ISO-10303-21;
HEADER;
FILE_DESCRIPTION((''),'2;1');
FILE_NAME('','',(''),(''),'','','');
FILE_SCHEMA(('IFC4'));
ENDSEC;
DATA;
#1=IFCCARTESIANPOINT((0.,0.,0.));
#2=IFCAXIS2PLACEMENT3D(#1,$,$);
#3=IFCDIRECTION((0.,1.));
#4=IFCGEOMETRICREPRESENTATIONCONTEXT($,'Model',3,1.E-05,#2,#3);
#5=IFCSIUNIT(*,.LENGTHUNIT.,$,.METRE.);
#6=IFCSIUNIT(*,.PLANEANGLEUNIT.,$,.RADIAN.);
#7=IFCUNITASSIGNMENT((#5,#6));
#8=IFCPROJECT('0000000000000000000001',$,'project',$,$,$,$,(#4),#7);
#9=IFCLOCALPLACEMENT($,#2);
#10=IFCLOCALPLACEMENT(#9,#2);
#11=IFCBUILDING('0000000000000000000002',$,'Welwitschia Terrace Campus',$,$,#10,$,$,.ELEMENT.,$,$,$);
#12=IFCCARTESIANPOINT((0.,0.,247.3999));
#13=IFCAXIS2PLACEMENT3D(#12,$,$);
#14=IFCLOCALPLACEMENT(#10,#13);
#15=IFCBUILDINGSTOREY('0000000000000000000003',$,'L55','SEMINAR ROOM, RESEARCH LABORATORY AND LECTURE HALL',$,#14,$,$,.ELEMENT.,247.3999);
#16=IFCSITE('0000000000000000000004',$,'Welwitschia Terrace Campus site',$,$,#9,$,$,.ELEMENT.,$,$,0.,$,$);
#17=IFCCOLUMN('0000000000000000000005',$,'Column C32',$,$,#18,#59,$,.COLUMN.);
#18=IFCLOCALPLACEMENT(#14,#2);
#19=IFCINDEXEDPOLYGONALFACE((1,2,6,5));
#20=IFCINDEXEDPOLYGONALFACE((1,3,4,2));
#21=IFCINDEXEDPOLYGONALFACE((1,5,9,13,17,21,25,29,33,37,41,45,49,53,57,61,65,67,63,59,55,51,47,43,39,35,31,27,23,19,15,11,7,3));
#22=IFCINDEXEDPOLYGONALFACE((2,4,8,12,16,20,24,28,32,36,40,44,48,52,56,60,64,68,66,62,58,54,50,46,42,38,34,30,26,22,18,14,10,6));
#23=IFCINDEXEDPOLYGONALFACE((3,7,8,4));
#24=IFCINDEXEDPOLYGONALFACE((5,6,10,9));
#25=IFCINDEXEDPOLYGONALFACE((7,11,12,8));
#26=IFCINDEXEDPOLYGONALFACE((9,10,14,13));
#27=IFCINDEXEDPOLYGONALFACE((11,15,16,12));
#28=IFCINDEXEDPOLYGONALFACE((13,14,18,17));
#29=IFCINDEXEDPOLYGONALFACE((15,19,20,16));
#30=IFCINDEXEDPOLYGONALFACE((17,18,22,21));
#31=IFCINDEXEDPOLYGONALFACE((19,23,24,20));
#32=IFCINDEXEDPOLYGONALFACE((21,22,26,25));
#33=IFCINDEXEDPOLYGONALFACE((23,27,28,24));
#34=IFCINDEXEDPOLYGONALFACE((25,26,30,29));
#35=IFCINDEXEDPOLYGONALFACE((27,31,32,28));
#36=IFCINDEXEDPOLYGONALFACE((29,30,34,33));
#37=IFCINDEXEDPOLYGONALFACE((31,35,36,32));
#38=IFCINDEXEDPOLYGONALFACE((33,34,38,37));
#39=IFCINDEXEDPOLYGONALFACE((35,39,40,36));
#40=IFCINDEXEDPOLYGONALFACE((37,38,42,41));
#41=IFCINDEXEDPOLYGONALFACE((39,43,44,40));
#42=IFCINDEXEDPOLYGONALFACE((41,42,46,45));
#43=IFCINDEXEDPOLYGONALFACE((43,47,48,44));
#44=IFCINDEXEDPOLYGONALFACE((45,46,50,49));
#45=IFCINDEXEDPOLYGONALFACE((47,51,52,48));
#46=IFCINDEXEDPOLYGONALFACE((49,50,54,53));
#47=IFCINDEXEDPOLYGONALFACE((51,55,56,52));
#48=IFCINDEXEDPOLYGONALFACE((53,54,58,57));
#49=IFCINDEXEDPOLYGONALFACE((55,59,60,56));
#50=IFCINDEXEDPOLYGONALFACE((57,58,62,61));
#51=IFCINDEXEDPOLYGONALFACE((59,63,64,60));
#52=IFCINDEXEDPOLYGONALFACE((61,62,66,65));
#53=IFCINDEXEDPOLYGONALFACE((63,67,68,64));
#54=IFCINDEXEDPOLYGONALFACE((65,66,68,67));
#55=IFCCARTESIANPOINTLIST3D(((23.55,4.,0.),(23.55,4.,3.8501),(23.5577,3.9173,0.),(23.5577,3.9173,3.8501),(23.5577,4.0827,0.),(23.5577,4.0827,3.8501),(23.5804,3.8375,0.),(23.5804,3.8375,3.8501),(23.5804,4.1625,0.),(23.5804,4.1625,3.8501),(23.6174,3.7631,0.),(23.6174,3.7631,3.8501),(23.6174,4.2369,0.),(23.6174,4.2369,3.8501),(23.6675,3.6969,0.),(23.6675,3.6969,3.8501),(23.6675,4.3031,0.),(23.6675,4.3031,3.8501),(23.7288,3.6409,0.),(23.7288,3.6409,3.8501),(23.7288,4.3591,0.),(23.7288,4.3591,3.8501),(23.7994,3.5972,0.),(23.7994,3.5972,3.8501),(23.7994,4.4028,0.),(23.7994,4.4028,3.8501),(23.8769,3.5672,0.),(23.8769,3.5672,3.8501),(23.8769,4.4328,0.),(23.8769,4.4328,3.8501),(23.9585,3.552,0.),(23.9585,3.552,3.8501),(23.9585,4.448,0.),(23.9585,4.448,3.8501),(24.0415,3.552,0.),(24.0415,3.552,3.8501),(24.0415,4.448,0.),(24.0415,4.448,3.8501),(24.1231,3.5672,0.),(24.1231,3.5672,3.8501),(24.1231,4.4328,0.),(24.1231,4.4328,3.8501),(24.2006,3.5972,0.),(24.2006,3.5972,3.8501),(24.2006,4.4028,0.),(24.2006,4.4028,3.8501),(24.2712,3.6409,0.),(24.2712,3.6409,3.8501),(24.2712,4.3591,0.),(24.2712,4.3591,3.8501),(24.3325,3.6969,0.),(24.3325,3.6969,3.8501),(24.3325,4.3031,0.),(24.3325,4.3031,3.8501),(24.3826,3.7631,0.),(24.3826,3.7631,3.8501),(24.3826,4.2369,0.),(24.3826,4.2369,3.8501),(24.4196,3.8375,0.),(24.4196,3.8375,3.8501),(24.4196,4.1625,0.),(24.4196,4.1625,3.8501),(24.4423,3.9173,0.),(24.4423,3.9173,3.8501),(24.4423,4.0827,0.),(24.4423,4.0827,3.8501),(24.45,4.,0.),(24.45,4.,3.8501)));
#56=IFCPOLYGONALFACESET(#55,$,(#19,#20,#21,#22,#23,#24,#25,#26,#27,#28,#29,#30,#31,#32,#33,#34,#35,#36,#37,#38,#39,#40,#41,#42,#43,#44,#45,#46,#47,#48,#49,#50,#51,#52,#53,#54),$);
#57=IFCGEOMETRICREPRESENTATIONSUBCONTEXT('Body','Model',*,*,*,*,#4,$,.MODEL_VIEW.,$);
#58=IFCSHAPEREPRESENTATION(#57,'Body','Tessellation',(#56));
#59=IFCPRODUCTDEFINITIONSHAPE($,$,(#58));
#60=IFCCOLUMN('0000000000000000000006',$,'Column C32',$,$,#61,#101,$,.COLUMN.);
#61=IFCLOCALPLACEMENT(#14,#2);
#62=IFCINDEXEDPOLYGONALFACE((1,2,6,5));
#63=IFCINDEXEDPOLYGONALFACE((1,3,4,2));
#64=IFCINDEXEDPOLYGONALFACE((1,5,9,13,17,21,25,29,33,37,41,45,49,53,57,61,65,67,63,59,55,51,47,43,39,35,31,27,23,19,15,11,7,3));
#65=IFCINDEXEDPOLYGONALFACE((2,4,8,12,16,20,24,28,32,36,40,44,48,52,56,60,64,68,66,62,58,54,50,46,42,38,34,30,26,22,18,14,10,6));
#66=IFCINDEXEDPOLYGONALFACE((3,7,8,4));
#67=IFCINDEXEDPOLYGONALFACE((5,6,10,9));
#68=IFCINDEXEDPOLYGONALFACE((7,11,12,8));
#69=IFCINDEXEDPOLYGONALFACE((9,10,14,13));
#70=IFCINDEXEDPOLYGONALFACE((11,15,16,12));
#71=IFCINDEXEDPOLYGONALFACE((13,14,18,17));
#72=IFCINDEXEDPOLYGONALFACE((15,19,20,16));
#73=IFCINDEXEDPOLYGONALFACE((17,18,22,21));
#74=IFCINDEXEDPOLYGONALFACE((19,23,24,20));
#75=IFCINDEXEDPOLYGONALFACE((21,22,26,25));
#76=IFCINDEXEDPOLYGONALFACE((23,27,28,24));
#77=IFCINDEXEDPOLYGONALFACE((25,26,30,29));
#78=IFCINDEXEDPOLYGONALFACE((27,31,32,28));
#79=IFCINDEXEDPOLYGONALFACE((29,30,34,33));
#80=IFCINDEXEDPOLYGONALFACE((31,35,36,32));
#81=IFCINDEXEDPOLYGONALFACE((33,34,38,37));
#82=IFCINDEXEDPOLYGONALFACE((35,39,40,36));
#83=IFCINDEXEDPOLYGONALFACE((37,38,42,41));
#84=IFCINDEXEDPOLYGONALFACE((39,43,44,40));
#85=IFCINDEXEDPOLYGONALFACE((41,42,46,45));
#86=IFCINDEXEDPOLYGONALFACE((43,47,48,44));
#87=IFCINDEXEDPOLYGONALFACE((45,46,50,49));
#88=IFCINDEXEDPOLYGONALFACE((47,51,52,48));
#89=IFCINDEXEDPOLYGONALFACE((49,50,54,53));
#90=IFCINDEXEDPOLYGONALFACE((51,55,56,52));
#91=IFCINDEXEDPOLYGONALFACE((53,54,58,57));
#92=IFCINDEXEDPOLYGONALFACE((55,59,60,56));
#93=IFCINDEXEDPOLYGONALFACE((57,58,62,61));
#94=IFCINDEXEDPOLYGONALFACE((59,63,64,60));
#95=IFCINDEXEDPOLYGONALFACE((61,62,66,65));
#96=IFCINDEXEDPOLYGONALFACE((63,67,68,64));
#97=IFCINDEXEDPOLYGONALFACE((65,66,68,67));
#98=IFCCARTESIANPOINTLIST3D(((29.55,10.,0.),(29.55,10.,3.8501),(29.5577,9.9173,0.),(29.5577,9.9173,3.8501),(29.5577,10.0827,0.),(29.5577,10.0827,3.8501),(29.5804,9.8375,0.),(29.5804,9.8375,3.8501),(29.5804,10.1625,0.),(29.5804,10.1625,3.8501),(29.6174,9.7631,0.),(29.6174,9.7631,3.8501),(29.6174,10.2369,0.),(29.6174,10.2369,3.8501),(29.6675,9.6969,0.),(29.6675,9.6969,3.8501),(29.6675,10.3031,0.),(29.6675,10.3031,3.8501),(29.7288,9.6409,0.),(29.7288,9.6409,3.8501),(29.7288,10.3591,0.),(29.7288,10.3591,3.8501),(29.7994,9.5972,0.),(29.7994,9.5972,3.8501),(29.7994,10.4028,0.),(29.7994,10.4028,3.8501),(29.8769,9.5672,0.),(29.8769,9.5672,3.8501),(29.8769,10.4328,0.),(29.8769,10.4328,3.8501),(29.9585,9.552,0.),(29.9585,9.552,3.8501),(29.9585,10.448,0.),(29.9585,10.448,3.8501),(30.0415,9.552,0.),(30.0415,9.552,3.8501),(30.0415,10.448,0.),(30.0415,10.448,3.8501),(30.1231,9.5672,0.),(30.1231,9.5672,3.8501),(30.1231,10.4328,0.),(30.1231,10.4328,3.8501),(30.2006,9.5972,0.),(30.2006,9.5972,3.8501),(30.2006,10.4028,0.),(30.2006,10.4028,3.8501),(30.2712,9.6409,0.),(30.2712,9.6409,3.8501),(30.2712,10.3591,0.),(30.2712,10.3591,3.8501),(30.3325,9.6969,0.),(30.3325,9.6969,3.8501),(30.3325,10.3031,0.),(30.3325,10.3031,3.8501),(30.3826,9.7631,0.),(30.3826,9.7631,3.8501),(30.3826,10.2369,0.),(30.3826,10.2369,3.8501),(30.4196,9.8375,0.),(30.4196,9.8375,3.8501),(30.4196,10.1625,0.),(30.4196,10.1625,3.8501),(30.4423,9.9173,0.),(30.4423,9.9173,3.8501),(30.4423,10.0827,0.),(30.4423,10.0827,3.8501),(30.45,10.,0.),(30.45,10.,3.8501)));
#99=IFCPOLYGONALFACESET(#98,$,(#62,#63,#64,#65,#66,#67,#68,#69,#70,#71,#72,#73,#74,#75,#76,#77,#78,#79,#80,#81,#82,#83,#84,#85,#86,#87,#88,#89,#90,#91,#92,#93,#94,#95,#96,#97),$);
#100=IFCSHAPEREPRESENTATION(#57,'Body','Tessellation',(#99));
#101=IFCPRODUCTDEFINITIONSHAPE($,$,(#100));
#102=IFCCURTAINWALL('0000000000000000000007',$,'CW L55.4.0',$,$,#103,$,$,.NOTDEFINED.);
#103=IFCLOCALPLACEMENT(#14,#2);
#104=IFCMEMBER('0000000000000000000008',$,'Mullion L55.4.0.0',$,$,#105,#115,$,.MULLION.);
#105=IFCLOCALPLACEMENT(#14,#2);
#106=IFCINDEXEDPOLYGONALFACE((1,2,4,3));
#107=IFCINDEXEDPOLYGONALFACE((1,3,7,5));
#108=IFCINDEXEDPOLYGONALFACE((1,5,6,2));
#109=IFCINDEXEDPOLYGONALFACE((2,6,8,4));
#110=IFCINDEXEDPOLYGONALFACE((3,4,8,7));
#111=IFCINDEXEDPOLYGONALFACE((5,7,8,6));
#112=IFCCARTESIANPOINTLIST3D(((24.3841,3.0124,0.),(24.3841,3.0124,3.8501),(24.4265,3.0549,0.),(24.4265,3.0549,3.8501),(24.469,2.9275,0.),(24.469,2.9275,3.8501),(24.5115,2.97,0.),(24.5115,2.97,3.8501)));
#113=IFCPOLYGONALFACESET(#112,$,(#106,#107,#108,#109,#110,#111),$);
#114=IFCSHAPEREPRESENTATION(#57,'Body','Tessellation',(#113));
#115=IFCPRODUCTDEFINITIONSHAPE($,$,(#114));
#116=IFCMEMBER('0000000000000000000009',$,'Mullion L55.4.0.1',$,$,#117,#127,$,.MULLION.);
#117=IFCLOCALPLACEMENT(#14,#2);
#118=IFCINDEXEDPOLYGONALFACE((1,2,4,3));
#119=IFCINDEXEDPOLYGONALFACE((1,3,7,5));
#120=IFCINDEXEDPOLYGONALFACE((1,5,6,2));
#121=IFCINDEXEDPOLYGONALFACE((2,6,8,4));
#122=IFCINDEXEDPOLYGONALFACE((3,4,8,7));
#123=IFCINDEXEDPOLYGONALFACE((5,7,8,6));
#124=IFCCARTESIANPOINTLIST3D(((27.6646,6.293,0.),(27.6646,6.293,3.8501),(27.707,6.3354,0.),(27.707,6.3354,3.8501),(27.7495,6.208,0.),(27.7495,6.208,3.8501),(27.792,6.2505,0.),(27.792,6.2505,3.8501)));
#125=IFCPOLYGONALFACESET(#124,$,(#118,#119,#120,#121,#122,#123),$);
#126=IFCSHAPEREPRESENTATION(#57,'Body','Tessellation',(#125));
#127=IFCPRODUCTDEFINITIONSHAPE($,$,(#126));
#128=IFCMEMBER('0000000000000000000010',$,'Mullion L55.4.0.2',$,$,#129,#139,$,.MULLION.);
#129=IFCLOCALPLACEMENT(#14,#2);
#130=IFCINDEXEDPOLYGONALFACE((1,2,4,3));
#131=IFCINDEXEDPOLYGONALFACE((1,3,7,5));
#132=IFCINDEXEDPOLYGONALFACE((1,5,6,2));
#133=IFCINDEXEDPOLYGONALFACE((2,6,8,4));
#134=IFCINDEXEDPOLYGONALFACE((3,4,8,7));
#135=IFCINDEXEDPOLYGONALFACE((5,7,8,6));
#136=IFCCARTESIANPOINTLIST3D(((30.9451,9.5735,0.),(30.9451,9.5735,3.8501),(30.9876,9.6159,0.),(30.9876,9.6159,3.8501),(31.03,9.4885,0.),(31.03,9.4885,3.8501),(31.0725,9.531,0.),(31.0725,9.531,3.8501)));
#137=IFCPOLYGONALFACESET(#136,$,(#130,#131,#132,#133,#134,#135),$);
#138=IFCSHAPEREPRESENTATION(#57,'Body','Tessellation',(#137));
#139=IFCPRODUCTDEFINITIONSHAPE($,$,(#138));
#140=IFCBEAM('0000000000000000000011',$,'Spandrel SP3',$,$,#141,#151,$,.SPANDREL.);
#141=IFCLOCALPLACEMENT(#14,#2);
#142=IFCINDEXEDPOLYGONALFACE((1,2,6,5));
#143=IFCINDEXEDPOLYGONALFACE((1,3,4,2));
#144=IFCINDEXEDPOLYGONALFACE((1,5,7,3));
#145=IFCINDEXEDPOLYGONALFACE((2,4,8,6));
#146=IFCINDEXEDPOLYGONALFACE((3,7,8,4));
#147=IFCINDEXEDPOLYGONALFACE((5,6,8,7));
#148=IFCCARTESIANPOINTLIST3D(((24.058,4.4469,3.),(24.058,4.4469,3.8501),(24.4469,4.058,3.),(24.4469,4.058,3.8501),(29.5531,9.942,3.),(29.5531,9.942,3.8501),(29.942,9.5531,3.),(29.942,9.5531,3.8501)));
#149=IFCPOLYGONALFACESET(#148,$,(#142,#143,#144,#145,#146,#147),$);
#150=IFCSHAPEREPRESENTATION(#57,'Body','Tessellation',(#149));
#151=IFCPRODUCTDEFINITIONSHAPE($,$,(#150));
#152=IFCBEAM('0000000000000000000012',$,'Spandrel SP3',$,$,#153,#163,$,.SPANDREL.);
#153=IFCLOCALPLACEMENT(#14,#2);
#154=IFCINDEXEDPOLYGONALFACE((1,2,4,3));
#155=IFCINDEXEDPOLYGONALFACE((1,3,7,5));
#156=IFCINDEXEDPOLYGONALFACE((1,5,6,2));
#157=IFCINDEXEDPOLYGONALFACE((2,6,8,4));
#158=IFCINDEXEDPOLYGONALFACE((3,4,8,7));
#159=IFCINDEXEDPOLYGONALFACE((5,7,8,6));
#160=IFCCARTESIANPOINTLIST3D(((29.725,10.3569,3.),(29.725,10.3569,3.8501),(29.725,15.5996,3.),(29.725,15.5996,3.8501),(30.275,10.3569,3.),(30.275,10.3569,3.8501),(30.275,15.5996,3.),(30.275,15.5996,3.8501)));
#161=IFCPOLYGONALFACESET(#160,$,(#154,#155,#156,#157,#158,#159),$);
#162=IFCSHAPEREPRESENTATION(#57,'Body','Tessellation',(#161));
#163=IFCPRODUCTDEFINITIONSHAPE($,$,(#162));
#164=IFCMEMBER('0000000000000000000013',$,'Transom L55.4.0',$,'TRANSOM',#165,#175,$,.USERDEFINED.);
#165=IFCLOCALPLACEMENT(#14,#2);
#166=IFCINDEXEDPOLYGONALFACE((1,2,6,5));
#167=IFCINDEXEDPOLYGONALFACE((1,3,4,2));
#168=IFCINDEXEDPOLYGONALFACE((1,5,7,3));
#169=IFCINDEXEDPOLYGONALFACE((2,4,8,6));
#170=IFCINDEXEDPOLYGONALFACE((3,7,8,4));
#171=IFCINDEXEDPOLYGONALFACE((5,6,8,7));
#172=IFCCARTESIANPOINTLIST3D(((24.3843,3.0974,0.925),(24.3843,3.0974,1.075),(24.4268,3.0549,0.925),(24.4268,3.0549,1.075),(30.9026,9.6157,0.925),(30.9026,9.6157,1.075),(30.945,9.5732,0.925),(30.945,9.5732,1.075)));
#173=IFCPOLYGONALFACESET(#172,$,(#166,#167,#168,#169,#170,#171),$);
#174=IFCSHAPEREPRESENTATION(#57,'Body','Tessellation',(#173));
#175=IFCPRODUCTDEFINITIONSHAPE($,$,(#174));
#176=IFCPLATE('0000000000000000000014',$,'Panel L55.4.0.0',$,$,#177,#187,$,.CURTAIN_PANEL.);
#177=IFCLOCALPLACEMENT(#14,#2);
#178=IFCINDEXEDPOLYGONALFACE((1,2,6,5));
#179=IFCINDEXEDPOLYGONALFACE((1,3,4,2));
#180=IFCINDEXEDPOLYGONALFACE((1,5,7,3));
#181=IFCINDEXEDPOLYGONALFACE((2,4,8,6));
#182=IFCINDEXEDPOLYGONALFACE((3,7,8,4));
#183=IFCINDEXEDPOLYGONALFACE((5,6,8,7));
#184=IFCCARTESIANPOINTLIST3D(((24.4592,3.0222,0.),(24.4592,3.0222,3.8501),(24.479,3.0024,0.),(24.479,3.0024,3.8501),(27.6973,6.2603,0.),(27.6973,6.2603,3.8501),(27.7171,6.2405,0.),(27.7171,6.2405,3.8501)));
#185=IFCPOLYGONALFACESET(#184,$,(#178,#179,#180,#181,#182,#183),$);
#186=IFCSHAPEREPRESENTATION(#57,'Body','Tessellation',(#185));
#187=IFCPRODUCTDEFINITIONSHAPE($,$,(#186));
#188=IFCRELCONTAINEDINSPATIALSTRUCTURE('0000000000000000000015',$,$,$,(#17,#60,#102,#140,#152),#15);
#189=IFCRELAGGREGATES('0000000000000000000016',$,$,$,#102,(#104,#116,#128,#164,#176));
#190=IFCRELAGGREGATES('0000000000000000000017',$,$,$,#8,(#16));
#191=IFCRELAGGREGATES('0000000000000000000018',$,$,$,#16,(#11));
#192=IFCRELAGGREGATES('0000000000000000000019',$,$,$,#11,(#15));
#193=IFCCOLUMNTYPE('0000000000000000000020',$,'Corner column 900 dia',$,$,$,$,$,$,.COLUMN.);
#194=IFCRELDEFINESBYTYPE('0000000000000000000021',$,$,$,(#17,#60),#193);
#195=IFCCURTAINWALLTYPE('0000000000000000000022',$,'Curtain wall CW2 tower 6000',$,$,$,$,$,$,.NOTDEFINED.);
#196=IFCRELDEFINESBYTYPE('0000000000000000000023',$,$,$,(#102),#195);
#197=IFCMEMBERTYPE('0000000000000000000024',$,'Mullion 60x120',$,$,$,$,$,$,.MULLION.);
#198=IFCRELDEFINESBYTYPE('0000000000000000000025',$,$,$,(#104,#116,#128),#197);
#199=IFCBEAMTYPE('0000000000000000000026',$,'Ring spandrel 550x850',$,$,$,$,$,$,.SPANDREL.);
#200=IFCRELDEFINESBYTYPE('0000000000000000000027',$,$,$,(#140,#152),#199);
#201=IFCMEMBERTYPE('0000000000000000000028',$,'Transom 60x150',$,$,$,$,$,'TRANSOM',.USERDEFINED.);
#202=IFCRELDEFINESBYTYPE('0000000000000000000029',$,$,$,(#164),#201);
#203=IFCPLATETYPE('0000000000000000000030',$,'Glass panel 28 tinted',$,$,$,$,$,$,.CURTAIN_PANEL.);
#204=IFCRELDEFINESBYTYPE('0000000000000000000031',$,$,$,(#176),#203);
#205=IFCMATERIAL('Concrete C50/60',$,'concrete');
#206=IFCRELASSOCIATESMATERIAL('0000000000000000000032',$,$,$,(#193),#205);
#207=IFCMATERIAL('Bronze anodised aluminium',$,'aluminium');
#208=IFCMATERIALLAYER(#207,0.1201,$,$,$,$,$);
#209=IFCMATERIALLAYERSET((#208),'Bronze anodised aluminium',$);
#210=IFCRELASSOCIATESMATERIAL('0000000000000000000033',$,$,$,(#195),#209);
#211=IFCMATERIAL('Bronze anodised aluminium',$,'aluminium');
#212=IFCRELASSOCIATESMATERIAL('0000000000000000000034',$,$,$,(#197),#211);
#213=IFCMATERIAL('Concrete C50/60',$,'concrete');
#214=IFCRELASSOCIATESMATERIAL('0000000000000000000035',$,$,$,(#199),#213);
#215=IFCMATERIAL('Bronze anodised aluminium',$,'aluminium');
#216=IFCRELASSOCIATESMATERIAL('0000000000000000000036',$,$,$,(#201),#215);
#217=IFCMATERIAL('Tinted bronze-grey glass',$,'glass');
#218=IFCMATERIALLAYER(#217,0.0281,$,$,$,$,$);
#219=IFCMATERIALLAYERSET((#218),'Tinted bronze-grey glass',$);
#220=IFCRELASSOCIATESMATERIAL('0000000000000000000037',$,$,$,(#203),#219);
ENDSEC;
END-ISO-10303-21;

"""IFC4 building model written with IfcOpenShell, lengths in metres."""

from ifc_helpers import new_model, si_unit, direction, frame, origin, origin_2d, place, context, subcontext, project, spatial, rectangle, circle, extrude, material, layer, layer_set, material_profile, profile_set, type_object, element, aggregate, save


model = new_model("IFC4")

# Units and contexts
model_context = context("Model", 3, precision=1e-05, world=origin(), true_north=direction((0.0, 1.0)))
body_context = subcontext(model_context, "Body", "Model", "MODEL_VIEW")
ifc_project = project(units=[si_unit("LENGTHUNIT", "METRE"), si_unit("PLANEANGLEUNIT", "RADIAN")], contexts=[model_context])

# Site, building, storey
site_placement = place(None, origin())
site = spatial("IfcSite", under=ifc_project, at=site_placement, Name="Welwitschia Terrace Campus site", CompositionType="ELEMENT", RefElevation=0.0)
building_placement = place(site_placement, origin())
building = spatial("IfcBuilding", under=site, at=building_placement, Name="Welwitschia Terrace Campus", CompositionType="ELEMENT")
storey_placement = place(building_placement, frame((0.0, 0.0, 247.3999)))
storey = spatial("IfcBuildingStorey", under=building, at=storey_placement, Name="L55", Description="SEMINAR ROOM, RESEARCH LABORATORY AND LECTURE HALL", CompositionType="ELEMENT", Elevation=247.3999)

# Columns
ifc_material_1 = material(Name="Concrete C50/60", Category="concrete")
ifc_material_profile_1 = material_profile(ifc_material_1, circle(Radius=0.45, at=origin_2d()))
ifc_profile_set_1 = profile_set([ifc_material_profile_1], Name="Concrete C50/60")
column_type = type_object("IfcColumnType", Name="Corner column 900 dia", PredefinedType="COLUMN", material=ifc_profile_set_1)
for number, where, z_axis, x_axis, name in (
    (1, (24.0, 4.0, 0.0), (0.0, 0.0, 1.0), (1.0, 0.0, 0.0), "Column C32"),
    (2, (30.0, 10.0, 0.0), (0.0, 0.0, 1.0), (1.0, 0.0, 0.0), "Column C32"),
):
    element("IfcColumn", number, at=place(storey_placement, frame(where, z_axis=z_axis, x_axis=x_axis)), inside=storey, type_object=column_type, Name=name, PredefinedType="COLUMN", context=body_context, shape_type="SweptSolid", body=[
        extrude(circle(Radius=0.45, at=origin_2d()), origin(), (0.0, 0.0, 1.0), 3.8501),
    ])

# Curtain wall, members
ifc_material_2 = material(Name="Bronze anodised aluminium", Category="aluminium")
ifc_layer_1 = layer(ifc_material_2, 0.1201)
ifc_layer_set_1 = layer_set([ifc_layer_1], Name="Bronze anodised aluminium")
curtain_wall_type = type_object("IfcCurtainWallType", Name="Curtain wall CW2 tower 6000", PredefinedType="NOTDEFINED", material=ifc_layer_set_1)
curtain_wall_placement = place(storey_placement, origin())
curtain_wall = element("IfcCurtainWall", 3, at=curtain_wall_placement, inside=storey, type_object=curtain_wall_type, Name="CW L55.4.0", PredefinedType="NOTDEFINED")
ifc_material_3 = material(Name="Bronze anodised aluminium", Category="aluminium")
ifc_material_profile_2 = material_profile(ifc_material_3, rectangle(XDim=0.1201, YDim=0.0601, at=origin_2d()))
ifc_profile_set_2 = profile_set([ifc_material_profile_2], Name="Bronze anodised aluminium")
member_type_1 = type_object("IfcMemberType", Name="Mullion 60x120", PredefinedType="MULLION", material=ifc_profile_set_2)
member_1_placement = place(storey_placement, frame((24.4478, 2.9912, 0.0), z_axis=(0.0, 0.0, 1.0), x_axis=(-0.707107, 0.707107, 0.0)))
member_1 = element("IfcMember", 4, at=member_1_placement, type_object=member_type_1, Name="Mullion L55.4.0.0", PredefinedType="MULLION", context=body_context, shape_type="SweptSolid", body=[
    extrude(rectangle(XDim=0.1201, YDim=0.0601, at=origin_2d()), origin(), (0.0, 0.0, 1.0), 3.8501),
])
member_2_placement = place(storey_placement, frame((27.7283, 6.2717, 0.0), z_axis=(0.0, 0.0, 1.0), x_axis=(-0.707107, 0.707107, 0.0)))
member_2 = element("IfcMember", 5, at=member_2_placement, type_object=member_type_1, Name="Mullion L55.4.0.1", PredefinedType="MULLION", context=body_context, shape_type="SweptSolid", body=[
    extrude(rectangle(XDim=0.1201, YDim=0.0601, at=origin_2d()), origin(), (0.0, 0.0, 1.0), 3.8501),
])
member_3_placement = place(storey_placement, frame((31.0088, 9.5522, 0.0), z_axis=(0.0, 0.0, 1.0), x_axis=(-0.707107, 0.707107, 0.0)))
member_3 = element("IfcMember", 6, at=member_3_placement, type_object=member_type_1, Name="Mullion L55.4.0.2", PredefinedType="MULLION", context=body_context, shape_type="SweptSolid", body=[
    extrude(rectangle(XDim=0.1201, YDim=0.0601, at=origin_2d()), origin(), (0.0, 0.0, 1.0), 3.8501),
])

# Beams
ifc_material_4 = material(Name="Concrete C50/60", Category="concrete")
ifc_material_profile_3 = material_profile(ifc_material_4, rectangle(XDim=0.55, YDim=0.8501, at=origin_2d()))
ifc_profile_set_3 = profile_set([ifc_material_profile_3], Name="Concrete C50/60")
beam_type = type_object("IfcBeamType", Name="Ring spandrel 550x850", PredefinedType="SPANDREL", material=ifc_profile_set_3)
beam_1_placement = place(storey_placement, frame((24.2524, 4.2524, 3.425), z_axis=(0.707107, 0.707107, 0.0), x_axis=(-0.707107, 0.707107, 0.0)))
element("IfcBeam", 7, at=beam_1_placement, inside=storey, type_object=beam_type, Name="Spandrel SP3", PredefinedType="SPANDREL", context=body_context, shape_type="SweptSolid", body=[
    extrude(rectangle(XDim=0.55, YDim=0.8501, at=origin_2d()), origin(), (0.0, 0.0, 1.0), 7.7712),
])
beam_2_placement = place(storey_placement, frame((30.0, 10.3569, 3.425), z_axis=(0.0, 1.0, 0.0), x_axis=(-1.0, 0.0, 0.0)))
element("IfcBeam", 8, at=beam_2_placement, inside=storey, type_object=beam_type, Name="Spandrel SP3", PredefinedType="SPANDREL", context=body_context, shape_type="SweptSolid", body=[
    extrude(rectangle(XDim=0.55, YDim=0.8501, at=origin_2d()), origin(), (0.0, 0.0, 1.0), 5.2427),
])

# Member
ifc_material_5 = material(Name="Bronze anodised aluminium", Category="aluminium")
ifc_material_profile_4 = material_profile(ifc_material_5, rectangle(XDim=0.0601, YDim=0.1499, at=origin_2d()))
ifc_profile_set_4 = profile_set([ifc_material_profile_4], Name="Bronze anodised aluminium")
member_type_2 = type_object("IfcMemberType", Name="Transom 60x150", ElementType="TRANSOM", PredefinedType="USERDEFINED", material=ifc_profile_set_4)
member_4_placement = place(storey_placement, frame((24.4055, 3.0762, 1.0), z_axis=(0.707107, 0.707107, 0.0), x_axis=(-0.707107, 0.707107, 0.0)))
member_4 = element("IfcMember", 9, at=member_4_placement, type_object=member_type_2, Name="Transom L55.4.0", ObjectType="TRANSOM", PredefinedType="USERDEFINED", context=body_context, shape_type="SweptSolid", body=[
    extrude(rectangle(XDim=0.0601, YDim=0.1499, at=origin_2d()), origin(), (0.0, 0.0, 1.0), 9.2183),
])

# Plate
ifc_material_6 = material(Name="Tinted bronze-grey glass", Category="glass")
ifc_layer_2 = layer(ifc_material_6, 0.0281)
ifc_layer_set_2 = layer_set([ifc_layer_2], Name="Tinted bronze-grey glass")
plate_type = type_object("IfcPlateType", Name="Glass panel 28 tinted", PredefinedType="CURTAIN_PANEL", material=ifc_layer_set_2)
plate_1_placement = place(storey_placement, frame((26.0881, 4.6313, 0.0), z_axis=(0.0, 0.0, 1.0), x_axis=(0.707107, 0.707107, 0.0)))
plate_1 = element("IfcPlate", 10, at=plate_1_placement, type_object=plate_type, Name="Panel L55.4.0.0", PredefinedType="CURTAIN_PANEL", context=body_context, shape_type="SweptSolid", body=[
    extrude(rectangle(XDim=4.5793, YDim=0.0281, at=origin_2d()), origin(), (0.0, 0.0, 1.0), 3.8501),
])
aggregate(curtain_wall, [member_1, member_2, member_3, member_4, plate_1])

save(model, "model.ifc")
